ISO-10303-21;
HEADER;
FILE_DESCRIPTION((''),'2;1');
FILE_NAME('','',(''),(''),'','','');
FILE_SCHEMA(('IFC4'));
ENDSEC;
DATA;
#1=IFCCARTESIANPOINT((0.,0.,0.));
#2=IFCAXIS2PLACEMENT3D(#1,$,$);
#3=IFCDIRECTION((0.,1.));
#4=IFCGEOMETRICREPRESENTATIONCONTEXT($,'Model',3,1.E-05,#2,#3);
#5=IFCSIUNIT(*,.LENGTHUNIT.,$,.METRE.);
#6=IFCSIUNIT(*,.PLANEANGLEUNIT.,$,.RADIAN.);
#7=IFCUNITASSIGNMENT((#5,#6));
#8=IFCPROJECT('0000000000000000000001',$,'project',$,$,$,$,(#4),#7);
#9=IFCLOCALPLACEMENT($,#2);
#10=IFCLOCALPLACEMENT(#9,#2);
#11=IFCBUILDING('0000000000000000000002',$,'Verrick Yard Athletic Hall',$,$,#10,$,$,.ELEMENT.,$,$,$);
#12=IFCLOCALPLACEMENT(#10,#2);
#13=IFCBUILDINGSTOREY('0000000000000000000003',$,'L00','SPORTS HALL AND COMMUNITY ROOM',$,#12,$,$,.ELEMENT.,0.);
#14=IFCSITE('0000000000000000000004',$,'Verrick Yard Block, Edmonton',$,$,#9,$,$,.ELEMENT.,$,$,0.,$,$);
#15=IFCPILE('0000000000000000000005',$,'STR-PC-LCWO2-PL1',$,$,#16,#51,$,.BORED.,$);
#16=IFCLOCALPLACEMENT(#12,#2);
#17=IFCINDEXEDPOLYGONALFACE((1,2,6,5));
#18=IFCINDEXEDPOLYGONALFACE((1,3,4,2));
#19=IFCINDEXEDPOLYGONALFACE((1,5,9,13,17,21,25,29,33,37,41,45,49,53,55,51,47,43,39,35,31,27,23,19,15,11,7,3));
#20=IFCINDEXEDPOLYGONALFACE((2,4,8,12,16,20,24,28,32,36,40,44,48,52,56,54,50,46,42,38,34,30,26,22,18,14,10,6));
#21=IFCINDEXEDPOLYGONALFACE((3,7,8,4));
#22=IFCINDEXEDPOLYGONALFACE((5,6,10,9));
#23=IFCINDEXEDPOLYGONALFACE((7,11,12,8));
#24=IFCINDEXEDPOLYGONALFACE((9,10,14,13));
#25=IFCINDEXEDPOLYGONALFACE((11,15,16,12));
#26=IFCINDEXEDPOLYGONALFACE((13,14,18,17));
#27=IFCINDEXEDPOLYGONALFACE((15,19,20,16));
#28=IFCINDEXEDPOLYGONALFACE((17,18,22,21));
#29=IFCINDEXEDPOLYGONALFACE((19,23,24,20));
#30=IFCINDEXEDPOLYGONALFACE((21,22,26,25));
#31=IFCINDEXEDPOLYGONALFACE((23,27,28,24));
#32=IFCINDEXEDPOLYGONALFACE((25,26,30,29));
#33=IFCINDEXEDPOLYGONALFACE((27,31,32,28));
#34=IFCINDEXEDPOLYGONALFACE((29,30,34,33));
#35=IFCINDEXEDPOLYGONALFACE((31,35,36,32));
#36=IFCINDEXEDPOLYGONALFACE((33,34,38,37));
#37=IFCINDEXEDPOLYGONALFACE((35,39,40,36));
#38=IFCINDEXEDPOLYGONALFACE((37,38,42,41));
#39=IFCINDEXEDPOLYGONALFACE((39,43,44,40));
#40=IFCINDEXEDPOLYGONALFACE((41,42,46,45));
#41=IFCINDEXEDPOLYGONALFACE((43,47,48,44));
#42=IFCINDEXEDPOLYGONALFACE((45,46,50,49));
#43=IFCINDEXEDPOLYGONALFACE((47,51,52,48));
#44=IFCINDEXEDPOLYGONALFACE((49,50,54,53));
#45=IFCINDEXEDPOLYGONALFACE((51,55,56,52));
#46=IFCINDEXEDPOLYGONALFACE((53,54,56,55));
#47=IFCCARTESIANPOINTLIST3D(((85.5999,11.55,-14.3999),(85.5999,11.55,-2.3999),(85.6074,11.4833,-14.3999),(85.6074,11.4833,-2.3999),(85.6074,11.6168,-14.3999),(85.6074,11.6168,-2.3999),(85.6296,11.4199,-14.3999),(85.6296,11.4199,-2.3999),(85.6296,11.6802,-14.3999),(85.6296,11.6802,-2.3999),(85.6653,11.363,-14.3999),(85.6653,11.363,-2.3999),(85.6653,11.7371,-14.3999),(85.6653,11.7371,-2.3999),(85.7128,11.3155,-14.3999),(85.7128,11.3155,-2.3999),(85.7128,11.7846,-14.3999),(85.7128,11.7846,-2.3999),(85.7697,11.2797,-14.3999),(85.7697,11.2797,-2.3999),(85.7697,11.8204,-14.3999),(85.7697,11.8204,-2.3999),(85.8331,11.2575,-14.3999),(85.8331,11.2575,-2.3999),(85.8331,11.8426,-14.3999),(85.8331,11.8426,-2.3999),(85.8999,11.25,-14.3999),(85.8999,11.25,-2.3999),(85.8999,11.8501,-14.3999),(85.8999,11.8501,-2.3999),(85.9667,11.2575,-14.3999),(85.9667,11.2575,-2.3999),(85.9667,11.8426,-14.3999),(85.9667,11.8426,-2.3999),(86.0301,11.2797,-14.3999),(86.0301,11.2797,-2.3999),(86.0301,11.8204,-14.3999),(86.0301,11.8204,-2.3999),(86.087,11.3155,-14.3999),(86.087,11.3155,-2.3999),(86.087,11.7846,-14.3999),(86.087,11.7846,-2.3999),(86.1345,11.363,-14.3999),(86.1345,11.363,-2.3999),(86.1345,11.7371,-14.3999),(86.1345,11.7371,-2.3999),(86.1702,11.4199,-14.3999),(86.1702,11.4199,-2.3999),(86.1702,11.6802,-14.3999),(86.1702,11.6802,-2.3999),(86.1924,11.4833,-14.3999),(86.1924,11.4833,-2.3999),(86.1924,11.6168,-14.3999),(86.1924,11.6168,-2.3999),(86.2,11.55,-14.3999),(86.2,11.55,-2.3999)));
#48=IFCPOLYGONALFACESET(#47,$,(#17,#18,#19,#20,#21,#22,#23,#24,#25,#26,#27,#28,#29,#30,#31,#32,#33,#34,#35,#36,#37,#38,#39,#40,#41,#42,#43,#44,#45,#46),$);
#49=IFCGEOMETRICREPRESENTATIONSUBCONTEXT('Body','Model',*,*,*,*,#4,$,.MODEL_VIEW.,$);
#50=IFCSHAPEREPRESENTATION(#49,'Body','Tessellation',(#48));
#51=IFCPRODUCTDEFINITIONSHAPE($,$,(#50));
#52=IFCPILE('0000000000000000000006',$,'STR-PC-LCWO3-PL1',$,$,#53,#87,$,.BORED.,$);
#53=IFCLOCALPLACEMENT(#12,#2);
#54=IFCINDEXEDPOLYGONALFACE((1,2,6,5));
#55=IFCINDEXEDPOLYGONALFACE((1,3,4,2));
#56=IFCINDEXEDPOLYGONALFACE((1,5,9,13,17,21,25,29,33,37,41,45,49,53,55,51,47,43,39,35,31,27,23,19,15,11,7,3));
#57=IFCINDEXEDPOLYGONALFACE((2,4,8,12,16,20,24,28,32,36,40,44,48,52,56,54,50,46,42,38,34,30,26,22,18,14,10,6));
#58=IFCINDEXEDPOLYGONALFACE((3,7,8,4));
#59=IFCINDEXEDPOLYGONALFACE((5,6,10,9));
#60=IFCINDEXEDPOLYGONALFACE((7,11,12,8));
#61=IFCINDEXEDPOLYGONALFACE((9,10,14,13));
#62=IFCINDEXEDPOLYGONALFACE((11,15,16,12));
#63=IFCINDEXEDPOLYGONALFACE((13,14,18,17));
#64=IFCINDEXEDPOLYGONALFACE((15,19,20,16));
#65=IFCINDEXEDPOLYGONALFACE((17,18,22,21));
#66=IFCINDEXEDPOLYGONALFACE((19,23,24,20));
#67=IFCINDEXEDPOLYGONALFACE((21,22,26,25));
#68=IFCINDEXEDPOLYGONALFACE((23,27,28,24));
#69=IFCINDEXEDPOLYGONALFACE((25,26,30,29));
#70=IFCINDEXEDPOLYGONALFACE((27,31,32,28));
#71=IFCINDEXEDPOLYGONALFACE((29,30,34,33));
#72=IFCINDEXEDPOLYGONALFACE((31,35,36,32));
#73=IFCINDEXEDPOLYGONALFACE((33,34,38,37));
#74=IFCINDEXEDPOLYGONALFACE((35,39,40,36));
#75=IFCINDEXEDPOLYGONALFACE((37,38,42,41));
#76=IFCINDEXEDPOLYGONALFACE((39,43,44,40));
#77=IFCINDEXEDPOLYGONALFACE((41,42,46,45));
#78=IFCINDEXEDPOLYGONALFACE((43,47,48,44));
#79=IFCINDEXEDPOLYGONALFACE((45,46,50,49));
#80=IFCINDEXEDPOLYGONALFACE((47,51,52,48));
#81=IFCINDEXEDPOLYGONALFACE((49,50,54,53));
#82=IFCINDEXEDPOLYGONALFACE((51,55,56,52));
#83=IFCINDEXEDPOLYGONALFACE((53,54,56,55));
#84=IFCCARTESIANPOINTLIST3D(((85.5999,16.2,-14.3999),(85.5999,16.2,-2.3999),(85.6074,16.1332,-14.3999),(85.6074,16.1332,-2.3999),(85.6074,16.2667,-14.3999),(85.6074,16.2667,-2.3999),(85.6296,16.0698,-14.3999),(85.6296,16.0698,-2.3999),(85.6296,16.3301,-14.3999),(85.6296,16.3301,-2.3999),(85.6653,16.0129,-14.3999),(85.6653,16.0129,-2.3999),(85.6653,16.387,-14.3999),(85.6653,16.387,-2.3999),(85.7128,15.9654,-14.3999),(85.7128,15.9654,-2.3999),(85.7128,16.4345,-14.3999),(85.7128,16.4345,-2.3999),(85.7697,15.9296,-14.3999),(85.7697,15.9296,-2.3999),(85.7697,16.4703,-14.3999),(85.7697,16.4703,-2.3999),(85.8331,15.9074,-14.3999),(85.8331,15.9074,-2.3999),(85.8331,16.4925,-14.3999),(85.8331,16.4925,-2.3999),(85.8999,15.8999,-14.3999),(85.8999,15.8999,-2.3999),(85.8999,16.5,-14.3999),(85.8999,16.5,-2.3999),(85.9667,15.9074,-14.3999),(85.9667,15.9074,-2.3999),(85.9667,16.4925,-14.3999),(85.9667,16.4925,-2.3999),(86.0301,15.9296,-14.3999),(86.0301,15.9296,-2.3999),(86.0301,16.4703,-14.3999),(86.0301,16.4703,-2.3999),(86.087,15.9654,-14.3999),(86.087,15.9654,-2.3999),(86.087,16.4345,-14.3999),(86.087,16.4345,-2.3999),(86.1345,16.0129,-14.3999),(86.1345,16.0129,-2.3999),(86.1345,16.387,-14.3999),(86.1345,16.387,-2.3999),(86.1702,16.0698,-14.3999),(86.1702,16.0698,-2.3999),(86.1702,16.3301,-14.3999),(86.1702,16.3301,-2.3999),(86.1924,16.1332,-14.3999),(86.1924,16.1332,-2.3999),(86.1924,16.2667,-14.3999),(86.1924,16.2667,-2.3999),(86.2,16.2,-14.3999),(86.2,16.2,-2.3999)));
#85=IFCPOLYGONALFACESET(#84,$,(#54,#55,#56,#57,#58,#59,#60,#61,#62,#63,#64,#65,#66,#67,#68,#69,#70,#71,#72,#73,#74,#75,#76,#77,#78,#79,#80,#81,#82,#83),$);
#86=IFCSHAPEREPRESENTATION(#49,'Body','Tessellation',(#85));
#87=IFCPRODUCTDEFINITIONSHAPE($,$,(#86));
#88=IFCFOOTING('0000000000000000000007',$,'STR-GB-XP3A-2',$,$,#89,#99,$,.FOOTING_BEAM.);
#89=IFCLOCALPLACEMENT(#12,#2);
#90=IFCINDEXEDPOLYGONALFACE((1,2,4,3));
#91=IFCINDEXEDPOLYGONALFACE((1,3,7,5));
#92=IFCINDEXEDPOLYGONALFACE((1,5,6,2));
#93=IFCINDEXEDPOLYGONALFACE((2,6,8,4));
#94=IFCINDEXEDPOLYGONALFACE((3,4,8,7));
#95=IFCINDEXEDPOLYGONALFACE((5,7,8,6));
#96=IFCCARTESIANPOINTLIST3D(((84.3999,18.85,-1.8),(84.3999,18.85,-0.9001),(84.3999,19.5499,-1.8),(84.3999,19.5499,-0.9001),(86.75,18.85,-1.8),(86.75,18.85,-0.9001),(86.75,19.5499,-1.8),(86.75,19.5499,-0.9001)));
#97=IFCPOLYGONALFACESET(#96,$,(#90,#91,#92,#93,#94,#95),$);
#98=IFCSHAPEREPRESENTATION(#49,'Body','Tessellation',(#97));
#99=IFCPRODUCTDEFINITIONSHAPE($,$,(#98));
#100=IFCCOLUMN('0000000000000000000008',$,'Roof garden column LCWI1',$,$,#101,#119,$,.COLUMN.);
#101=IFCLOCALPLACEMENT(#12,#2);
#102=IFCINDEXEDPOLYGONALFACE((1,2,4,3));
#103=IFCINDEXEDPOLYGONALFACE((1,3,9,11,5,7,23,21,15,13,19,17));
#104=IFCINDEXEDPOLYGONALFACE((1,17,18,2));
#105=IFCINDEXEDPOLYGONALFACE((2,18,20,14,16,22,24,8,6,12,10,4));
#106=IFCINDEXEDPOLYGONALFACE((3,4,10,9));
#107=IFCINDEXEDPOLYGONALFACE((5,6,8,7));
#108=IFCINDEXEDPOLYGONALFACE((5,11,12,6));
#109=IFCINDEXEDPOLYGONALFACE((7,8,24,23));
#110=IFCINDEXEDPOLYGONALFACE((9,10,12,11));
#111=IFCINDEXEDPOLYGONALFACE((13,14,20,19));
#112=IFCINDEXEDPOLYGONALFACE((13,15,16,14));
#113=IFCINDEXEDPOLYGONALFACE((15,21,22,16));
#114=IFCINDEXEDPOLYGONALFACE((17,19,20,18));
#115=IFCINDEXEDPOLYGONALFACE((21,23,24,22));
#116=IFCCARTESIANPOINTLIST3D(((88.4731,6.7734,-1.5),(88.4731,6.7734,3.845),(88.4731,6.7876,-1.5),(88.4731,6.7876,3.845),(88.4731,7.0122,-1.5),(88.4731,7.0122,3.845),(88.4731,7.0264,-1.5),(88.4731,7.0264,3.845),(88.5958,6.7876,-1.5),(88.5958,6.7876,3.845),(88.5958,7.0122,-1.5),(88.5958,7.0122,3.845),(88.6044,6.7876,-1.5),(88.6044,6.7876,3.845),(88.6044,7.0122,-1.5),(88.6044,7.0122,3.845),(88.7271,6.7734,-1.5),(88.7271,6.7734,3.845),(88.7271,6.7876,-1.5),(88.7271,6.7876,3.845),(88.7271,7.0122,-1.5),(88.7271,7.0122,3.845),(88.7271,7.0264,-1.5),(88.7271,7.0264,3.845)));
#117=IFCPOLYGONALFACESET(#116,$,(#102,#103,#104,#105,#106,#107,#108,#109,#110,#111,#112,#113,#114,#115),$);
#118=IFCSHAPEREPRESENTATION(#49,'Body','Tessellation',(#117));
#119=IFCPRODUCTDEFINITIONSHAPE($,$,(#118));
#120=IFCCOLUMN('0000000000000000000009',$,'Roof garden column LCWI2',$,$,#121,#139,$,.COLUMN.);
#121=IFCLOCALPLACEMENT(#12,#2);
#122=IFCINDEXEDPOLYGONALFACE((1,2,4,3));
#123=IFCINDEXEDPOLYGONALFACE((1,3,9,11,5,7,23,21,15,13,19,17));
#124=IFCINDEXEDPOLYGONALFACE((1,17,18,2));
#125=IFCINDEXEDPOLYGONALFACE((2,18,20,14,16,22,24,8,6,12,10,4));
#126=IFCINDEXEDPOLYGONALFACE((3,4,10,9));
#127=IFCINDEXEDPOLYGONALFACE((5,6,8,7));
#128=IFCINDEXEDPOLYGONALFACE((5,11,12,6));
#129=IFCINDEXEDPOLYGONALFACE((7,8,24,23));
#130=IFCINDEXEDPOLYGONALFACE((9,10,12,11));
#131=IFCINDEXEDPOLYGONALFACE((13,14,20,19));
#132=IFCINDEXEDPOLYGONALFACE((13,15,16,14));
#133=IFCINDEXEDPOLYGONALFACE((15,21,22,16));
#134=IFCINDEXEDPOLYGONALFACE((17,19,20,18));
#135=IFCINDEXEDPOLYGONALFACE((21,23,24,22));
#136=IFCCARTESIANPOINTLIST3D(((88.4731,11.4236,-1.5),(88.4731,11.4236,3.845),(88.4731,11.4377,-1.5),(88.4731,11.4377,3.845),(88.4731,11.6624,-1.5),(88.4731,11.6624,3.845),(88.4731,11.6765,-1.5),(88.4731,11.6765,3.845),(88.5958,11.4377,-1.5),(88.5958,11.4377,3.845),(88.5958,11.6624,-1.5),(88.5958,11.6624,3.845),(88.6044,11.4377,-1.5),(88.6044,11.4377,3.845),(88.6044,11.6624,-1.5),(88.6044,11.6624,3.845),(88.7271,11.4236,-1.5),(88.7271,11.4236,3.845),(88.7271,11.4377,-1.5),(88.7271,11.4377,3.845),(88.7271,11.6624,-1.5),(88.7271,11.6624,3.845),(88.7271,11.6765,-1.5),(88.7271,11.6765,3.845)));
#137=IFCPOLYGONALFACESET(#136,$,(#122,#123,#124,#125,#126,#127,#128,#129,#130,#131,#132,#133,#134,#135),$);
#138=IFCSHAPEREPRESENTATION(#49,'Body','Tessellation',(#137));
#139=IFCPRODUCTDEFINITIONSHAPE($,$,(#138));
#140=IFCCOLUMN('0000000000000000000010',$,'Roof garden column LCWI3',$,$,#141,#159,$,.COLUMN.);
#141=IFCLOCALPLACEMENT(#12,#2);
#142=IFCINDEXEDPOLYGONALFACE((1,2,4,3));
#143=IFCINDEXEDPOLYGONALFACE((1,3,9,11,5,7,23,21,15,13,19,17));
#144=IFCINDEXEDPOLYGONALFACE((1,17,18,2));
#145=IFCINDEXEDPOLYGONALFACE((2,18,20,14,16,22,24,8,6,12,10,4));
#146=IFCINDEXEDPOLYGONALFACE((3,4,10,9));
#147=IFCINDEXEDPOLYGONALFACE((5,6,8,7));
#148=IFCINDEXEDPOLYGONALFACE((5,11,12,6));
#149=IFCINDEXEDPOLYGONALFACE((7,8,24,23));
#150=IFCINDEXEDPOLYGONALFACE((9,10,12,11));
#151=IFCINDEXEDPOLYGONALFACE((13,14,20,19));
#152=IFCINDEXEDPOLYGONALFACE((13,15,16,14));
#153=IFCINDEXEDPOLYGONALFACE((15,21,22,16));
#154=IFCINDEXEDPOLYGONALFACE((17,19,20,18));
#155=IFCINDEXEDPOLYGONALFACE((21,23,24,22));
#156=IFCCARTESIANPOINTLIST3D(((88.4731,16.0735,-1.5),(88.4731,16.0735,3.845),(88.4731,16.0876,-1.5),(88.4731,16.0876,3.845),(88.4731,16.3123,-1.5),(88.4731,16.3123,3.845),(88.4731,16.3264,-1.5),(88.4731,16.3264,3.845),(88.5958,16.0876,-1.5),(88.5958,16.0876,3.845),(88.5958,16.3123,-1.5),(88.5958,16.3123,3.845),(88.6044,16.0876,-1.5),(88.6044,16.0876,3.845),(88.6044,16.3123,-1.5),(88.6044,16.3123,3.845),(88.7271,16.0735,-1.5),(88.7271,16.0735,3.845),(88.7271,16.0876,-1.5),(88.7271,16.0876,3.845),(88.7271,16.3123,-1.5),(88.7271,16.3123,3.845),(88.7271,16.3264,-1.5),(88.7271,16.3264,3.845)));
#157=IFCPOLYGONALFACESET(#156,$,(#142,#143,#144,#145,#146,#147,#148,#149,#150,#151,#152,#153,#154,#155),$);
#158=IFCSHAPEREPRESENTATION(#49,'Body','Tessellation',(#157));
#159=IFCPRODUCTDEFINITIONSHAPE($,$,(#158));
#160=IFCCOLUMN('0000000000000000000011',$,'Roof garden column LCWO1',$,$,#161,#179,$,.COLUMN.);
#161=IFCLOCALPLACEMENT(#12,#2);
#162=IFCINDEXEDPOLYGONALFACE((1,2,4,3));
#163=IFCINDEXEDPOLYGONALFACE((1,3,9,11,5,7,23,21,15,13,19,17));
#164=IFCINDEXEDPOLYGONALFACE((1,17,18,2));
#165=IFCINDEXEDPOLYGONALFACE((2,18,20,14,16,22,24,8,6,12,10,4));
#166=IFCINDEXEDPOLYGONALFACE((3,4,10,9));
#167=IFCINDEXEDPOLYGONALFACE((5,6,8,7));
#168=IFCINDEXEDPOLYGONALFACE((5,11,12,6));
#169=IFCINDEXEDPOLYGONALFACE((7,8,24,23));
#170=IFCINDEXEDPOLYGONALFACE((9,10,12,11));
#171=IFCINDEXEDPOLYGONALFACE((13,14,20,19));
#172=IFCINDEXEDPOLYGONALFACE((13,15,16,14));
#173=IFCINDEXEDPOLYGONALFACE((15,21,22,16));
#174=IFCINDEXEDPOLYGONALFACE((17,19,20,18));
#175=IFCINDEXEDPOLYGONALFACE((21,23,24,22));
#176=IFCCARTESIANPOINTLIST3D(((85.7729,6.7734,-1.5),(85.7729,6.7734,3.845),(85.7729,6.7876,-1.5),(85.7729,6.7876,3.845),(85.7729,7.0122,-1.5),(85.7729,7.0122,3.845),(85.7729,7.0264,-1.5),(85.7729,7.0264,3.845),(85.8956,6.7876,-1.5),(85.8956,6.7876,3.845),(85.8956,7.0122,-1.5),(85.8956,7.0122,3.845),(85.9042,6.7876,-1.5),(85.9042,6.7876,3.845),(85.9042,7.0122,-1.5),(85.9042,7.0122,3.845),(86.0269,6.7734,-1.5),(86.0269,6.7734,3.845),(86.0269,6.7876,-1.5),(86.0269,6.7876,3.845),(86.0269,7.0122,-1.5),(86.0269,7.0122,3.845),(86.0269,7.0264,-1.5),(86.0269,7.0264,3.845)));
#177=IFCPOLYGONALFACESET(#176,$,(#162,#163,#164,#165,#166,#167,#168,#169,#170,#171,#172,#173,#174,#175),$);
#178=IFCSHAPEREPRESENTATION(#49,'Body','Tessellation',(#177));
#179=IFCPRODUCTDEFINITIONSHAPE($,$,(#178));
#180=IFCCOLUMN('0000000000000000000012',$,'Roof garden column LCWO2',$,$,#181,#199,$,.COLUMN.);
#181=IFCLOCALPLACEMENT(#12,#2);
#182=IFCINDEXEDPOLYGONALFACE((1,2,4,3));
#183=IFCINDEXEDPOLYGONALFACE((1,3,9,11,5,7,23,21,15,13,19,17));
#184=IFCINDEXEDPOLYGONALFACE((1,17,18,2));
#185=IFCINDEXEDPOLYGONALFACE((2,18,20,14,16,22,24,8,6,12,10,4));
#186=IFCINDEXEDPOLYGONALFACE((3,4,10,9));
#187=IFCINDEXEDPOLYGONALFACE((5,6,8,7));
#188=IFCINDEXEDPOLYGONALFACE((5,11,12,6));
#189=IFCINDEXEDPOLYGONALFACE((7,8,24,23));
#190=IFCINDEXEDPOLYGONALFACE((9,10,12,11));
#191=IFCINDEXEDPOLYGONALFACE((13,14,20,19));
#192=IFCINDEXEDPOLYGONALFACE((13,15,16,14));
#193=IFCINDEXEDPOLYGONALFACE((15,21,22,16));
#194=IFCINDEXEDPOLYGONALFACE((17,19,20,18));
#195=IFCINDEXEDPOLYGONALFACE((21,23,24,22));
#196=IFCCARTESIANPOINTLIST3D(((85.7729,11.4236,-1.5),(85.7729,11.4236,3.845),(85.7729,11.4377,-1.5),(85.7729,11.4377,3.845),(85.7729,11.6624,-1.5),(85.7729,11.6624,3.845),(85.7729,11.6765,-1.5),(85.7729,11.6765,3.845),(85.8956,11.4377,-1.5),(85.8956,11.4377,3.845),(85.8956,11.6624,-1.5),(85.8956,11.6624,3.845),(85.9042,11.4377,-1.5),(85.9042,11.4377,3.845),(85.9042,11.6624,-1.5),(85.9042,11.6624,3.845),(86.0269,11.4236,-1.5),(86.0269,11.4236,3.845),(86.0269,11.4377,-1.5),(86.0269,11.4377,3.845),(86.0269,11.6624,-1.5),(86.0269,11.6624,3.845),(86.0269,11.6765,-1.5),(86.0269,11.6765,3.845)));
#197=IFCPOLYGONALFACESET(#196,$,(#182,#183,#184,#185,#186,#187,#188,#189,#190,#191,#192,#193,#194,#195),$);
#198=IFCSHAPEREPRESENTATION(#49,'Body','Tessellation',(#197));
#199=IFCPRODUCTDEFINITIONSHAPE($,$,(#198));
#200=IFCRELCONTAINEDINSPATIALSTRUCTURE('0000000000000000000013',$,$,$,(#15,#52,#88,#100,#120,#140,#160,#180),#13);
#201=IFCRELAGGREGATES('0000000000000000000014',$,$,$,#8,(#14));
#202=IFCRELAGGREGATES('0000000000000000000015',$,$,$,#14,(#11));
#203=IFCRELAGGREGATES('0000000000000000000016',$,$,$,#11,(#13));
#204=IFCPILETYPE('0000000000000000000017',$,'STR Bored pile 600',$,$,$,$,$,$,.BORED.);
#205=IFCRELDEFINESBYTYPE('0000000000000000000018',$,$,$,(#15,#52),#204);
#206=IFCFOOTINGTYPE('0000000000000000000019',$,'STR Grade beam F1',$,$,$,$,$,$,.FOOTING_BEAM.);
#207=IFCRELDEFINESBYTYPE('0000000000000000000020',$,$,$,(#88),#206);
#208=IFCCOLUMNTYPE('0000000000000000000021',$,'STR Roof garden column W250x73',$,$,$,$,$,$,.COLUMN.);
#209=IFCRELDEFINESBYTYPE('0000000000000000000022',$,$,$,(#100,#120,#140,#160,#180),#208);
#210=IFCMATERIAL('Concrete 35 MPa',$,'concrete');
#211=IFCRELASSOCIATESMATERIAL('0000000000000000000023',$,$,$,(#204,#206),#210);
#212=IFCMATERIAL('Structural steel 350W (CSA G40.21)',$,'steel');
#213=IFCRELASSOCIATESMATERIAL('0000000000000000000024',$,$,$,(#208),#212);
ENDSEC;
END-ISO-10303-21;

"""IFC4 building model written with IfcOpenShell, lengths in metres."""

from ifc_helpers import new_model, si_unit, direction, frame, origin, origin_2d, place, context, subcontext, project, spatial, rectangle, circle, i_section, extrude, material, material_profile, profile_set, type_object, element, save


model = new_model("IFC4")

# Units and contexts
model_context = context("Model", 3, precision=1e-05, world=origin(), true_north=direction((0.0, 1.0)))
body_context = subcontext(model_context, "Body", "Model", "MODEL_VIEW")
ifc_project = project(units=[si_unit("LENGTHUNIT", "METRE"), si_unit("PLANEANGLEUNIT", "RADIAN")], contexts=[model_context])

# Site, building, storey
site_placement = place(None, origin())
site = spatial("IfcSite", under=ifc_project, at=site_placement, Name="Verrick Yard Block, Edmonton", CompositionType="ELEMENT", RefElevation=0.0)
building_placement = place(site_placement, origin())
building = spatial("IfcBuilding", under=site, at=building_placement, Name="Verrick Yard Athletic Hall", CompositionType="ELEMENT")
storey_placement = place(building_placement, origin())
storey = spatial("IfcBuildingStorey", under=building, at=storey_placement, Name="L00", Description="SPORTS HALL AND COMMUNITY ROOM", CompositionType="ELEMENT", Elevation=0.0)

# Piles
ifc_material_1 = material(Name="Concrete 35 MPa", Category="concrete")
pile_type_1 = type_object("IfcPileType", Name="STR Bored pile 600", PredefinedType="BORED", material=ifc_material_1)
for number, where, z_axis, x_axis, name in (
    (1, (85.8999, 11.55, -2.3999), (0.0, 0.0, -1.0), (1.0, 0.0, 0.0), "STR-PC-LCWO2-PL1"),
    (2, (85.8999, 16.2, -2.3999), (0.0, 0.0, -1.0), (1.0, 0.0, 0.0), "STR-PC-LCWO3-PL1"),
):
    element("IfcPile", number, at=place(storey_placement, frame(where, z_axis=z_axis, x_axis=x_axis)), inside=storey, type_object=pile_type_1, Name=name, PredefinedType="BORED", context=body_context, shape_type="SweptSolid", body=[
        extrude(circle(Radius=0.3, at=origin_2d()), origin(), (0.0, 0.0, 1.0), 12.0),
    ])

# Footing
ifc_material_profile_1 = material_profile(ifc_material_1, rectangle(XDim=0.7, YDim=0.8999, at=origin_2d()), Name="STR Grade beam F1")
ifc_profile_set_1 = profile_set([ifc_material_profile_1], Name="Concrete 35 MPa")
footing_type = type_object("IfcFootingType", Name="STR Grade beam F1", PredefinedType="FOOTING_BEAM", material=ifc_profile_set_1)
footing_placement = place(storey_placement, frame((84.3999, 19.2, -1.3501), z_axis=(1.0, 0.0, 0.0), x_axis=(0.0, 1.0, 0.0)))
element("IfcFooting", 3, at=footing_placement, inside=storey, type_object=footing_type, Name="STR-GB-XP3A-2", PredefinedType="FOOTING_BEAM", context=body_context, shape_type="SweptSolid", body=[
    extrude(rectangle(XDim=0.7, YDim=0.8999, at=origin_2d()), origin(), (0.0, 0.0, 1.0), 2.3501),
])

# Columns
ifc_material_2 = material(Name="Structural steel 350W (CSA G40.21)", Category="steel")
ifc_material_profile_2 = material_profile(ifc_material_2, i_section(OverallWidth=0.2539, OverallDepth=0.2529, WebThickness=0.0085, FlangeThickness=0.0142, at=origin_2d()), Name="W250x73")
ifc_profile_set_2 = profile_set([ifc_material_profile_2], Name="Structural steel 350W (CSA G40.21)")
column_type = type_object("IfcColumnType", Name="STR Roof garden column W250x73", PredefinedType="COLUMN", material=ifc_profile_set_2)
for number, where, z_axis, x_axis, name in (
    (4, (88.6001, 6.8999, -1.5), (0.0, 0.0, 1.0), (1.0, 0.0, 0.0), "Roof garden column LCWI1"),
    (5, (88.6001, 11.55, -1.5), (0.0, 0.0, 1.0), (1.0, 0.0, 0.0), "Roof garden column LCWI2"),
    (6, (88.6001, 16.2, -1.5), (0.0, 0.0, 1.0), (1.0, 0.0, 0.0), "Roof garden column LCWI3"),
    (7, (85.8999, 6.8999, -1.5), (0.0, 0.0, 1.0), (1.0, 0.0, 0.0), "Roof garden column LCWO1"),
    (8, (85.8999, 11.55, -1.5), (0.0, 0.0, 1.0), (1.0, 0.0, 0.0), "Roof garden column LCWO2"),
):
    element("IfcColumn", number, at=place(storey_placement, frame(where, z_axis=z_axis, x_axis=x_axis)), inside=storey, type_object=column_type, Name=name, PredefinedType="COLUMN", context=body_context, shape_type="SweptSolid", body=[
        extrude(i_section(OverallWidth=0.2539, OverallDepth=0.2529, WebThickness=0.0085, FlangeThickness=0.0142, at=origin_2d()), origin(), (0.0, 0.0, 1.0), 5.345),
    ])

save(model, "model.ifc")
